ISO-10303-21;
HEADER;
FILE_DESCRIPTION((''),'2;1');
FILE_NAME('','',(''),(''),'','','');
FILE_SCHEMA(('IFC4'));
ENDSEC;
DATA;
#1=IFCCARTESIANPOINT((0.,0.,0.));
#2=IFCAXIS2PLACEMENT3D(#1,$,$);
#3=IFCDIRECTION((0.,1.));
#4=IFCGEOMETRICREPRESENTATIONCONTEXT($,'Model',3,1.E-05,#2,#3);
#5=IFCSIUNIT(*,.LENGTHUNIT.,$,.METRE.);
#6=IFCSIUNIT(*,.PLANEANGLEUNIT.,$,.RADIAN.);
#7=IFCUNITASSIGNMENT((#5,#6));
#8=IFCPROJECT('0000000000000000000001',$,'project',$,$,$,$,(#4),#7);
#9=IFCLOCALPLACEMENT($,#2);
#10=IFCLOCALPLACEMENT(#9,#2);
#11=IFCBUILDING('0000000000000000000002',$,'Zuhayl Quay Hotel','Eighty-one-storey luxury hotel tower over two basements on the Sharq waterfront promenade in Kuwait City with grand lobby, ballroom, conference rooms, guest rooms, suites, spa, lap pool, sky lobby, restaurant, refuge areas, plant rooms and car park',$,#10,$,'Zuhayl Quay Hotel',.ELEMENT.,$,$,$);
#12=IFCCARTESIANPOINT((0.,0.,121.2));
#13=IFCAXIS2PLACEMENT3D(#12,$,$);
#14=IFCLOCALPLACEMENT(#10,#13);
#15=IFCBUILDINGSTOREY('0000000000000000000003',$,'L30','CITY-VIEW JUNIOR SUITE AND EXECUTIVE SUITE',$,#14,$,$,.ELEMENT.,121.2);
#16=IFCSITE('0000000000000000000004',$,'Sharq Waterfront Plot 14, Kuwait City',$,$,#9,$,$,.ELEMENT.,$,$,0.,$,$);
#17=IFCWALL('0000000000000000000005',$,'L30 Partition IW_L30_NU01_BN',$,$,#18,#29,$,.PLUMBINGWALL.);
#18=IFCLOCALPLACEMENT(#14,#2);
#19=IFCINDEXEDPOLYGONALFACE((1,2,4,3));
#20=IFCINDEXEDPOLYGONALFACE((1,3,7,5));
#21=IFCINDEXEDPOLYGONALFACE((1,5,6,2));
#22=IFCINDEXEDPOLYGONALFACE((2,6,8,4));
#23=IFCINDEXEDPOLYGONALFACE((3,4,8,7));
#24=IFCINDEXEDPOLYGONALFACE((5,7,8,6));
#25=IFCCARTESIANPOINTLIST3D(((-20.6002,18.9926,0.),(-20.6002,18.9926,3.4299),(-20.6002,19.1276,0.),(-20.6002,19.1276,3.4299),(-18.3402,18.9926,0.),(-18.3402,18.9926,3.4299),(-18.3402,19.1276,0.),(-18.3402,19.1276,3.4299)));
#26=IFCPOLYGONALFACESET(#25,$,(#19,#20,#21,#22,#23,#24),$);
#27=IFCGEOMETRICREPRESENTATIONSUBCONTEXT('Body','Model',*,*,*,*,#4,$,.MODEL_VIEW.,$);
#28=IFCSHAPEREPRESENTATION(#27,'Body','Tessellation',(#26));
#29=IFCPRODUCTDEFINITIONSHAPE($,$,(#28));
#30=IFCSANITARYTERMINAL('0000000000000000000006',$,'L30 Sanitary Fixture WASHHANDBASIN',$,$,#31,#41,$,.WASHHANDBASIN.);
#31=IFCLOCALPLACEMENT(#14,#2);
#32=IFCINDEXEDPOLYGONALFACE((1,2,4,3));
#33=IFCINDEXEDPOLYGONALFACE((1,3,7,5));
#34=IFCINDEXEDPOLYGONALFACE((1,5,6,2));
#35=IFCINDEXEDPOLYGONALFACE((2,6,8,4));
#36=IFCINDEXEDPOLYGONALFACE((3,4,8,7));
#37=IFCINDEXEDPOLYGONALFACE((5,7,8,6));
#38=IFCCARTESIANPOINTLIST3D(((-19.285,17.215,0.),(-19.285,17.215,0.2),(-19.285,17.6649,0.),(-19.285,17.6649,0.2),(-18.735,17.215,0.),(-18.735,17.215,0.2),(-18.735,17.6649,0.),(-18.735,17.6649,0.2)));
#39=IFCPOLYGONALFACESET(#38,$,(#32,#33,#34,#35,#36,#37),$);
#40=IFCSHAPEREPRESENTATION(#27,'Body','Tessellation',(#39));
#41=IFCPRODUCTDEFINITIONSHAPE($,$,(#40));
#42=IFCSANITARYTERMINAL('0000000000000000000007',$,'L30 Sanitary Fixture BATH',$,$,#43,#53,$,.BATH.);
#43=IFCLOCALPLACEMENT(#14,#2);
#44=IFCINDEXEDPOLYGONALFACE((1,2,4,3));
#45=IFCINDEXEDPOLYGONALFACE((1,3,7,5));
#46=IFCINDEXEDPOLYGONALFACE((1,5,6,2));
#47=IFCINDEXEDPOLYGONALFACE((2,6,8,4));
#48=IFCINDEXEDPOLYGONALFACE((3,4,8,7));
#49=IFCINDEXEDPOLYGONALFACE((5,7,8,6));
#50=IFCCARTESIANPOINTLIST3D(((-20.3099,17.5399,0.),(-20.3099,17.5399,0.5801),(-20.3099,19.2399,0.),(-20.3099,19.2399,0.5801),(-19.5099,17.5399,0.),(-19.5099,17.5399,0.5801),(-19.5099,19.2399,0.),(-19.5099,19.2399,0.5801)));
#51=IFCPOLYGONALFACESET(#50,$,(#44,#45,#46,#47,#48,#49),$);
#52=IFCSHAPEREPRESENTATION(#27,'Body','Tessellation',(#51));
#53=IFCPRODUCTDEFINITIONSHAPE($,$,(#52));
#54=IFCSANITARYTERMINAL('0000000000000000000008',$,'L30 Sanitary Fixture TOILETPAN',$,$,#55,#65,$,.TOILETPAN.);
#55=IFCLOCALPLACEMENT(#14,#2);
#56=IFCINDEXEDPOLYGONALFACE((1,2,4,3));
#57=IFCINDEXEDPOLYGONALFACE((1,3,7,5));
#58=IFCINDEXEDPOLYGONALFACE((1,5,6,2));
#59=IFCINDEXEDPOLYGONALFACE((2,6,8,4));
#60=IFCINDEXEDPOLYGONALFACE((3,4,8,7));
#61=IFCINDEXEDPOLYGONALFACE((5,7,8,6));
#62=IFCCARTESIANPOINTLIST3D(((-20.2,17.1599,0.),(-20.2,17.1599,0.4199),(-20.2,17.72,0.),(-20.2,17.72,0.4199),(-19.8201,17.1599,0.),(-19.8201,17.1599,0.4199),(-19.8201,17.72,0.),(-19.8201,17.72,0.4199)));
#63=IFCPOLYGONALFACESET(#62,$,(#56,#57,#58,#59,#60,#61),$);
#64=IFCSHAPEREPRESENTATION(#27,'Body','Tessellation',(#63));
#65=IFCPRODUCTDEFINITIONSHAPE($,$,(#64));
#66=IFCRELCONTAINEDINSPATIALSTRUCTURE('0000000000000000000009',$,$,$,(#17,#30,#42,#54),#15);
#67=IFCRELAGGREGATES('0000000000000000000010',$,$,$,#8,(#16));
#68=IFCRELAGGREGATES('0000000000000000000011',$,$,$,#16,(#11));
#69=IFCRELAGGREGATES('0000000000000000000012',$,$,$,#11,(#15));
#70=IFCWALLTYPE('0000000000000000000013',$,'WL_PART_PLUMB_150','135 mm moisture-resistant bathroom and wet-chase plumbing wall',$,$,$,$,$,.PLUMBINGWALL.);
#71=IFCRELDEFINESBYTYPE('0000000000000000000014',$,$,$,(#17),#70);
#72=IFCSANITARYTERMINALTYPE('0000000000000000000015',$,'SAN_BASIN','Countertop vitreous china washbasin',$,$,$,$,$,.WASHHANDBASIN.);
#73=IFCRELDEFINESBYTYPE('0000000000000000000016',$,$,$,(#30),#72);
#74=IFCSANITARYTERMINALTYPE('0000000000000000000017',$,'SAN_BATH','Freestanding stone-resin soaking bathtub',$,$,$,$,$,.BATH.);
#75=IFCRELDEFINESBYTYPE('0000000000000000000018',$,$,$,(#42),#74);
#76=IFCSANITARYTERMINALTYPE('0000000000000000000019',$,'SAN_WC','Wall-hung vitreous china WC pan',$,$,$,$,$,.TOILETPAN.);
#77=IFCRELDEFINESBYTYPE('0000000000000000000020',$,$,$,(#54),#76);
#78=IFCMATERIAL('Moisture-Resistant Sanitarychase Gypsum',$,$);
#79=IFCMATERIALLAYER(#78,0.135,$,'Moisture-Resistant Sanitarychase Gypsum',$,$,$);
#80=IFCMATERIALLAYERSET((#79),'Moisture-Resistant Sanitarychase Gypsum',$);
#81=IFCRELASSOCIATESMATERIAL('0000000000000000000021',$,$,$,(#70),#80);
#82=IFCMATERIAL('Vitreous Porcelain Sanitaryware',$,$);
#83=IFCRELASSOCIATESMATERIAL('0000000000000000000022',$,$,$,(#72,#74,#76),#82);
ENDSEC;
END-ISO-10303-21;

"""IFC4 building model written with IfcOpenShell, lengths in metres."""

from ifc_helpers import new_model, si_unit, direction, frame, frame_2d, origin, origin_2d, place, context, subcontext, project, spatial, rectangle, extrude, material, layer, layer_set, type_object, element, save


model = new_model("IFC4")

# Units and contexts
model_context = context("Model", 3, precision=1e-05, world=origin(), true_north=direction((0.0, 1.0)))
body_context = subcontext(model_context, "Body", "Model", "MODEL_VIEW")
ifc_project = project(units=[si_unit("LENGTHUNIT", "METRE"), si_unit("PLANEANGLEUNIT", "RADIAN")], contexts=[model_context])

# Site, building, storey
site_placement = place(None, origin())
site = spatial("IfcSite", under=ifc_project, at=site_placement, Name="Sharq Waterfront Plot 14, Kuwait City", CompositionType="ELEMENT", RefElevation=0.0)
building_placement = place(site_placement, origin())
building = spatial("IfcBuilding", under=site, at=building_placement, Name="Zuhayl Quay Hotel", Description="Eighty-one-storey luxury hotel tower over two basements on the Sharq waterfront promenade in Kuwait City with grand lobby, ballroom, conference rooms, guest rooms, suites, spa, lap pool, sky lobby, restaurant, refuge areas, plant rooms and car park", LongName="Zuhayl Quay Hotel", CompositionType="ELEMENT")
storey_placement = place(building_placement, frame((0.0, 0.0, 121.2)))
storey = spatial("IfcBuildingStorey", under=building, at=storey_placement, Name="L30", Description="CITY-VIEW JUNIOR SUITE AND EXECUTIVE SUITE", CompositionType="ELEMENT", Elevation=121.2)

# Shared definitions
ifc_material_1 = material(Name="Moisture-Resistant Sanitarychase Gypsum")
ifc_layer_1 = layer(ifc_material_1, 0.135, Name="Moisture-Resistant Sanitarychase Gypsum")
ifc_layer_set_1 = layer_set([ifc_layer_1], Name="Moisture-Resistant Sanitarychase Gypsum")
wall_type_1 = type_object("IfcWallType", Name="WL_PART_PLUMB_150", Description="135 mm moisture-resistant bathroom and wet-chase plumbing wall", PredefinedType="PLUMBINGWALL", material=ifc_layer_set_1)

# Wall
wall_1_placement = place(storey_placement, frame((-20.6001, 19.0601, 0.0), z_axis=(0.0, 0.0, 1.0), x_axis=(1.0, 0.0, 0.0)))
element("IfcWall", 1, at=wall_1_placement, inside=storey, type_object=wall_type_1, Name="L30 Partition IW_L30_NU01_BN", PredefinedType="PLUMBINGWALL", context=body_context, shape_type="SweptSolid", body=[
    extrude(rectangle(XDim=2.26, YDim=0.135, at=frame_2d((1.1299, 0.0))), origin(), (0.0, 0.0, 1.0), 3.4299),
])

# Sanitary terminals
ifc_material_2 = material(Name="Vitreous Porcelain Sanitaryware")
sanitary_terminal_type_1 = type_object("IfcSanitaryTerminalType", Name="SAN_BASIN", Description="Countertop vitreous china washbasin", PredefinedType="WASHHANDBASIN", material=ifc_material_2)
sanitary_terminal_1_placement = place(storey_placement, frame((-19.01, 17.4399, 0.0), z_axis=(0.0, 0.0, 1.0), x_axis=(1.0, 0.0, 0.0)))
element("IfcSanitaryTerminal", 2, at=sanitary_terminal_1_placement, inside=storey, type_object=sanitary_terminal_type_1, Name="L30 Sanitary Fixture WASHHANDBASIN", PredefinedType="WASHHANDBASIN", context=body_context, shape_type="SweptSolid", body=[
    extrude(rectangle(XDim=0.55, YDim=0.45, at=origin_2d()), origin(), (0.0, 0.0, 1.0), 0.2),
])
sanitary_terminal_type_2 = type_object("IfcSanitaryTerminalType", Name="SAN_BATH", Description="Freestanding stone-resin soaking bathtub", PredefinedType="BATH", material=ifc_material_2)
sanitary_terminal_2_placement = place(storey_placement, frame((-19.9099, 18.3899, 0.0), z_axis=(0.0, 0.0, 1.0), x_axis=(1.0, 0.0, 0.0)))
element("IfcSanitaryTerminal", 3, at=sanitary_terminal_2_placement, inside=storey, type_object=sanitary_terminal_type_2, Name="L30 Sanitary Fixture BATH", PredefinedType="BATH", context=body_context, shape_type="SweptSolid", body=[
    extrude(rectangle(XDim=0.8, YDim=1.7, at=origin_2d()), origin(), (0.0, 0.0, 1.0), 0.5801),
])
sanitary_terminal_type_3 = type_object("IfcSanitaryTerminalType", Name="SAN_WC", Description="Wall-hung vitreous china WC pan", PredefinedType="TOILETPAN", material=ifc_material_2)
sanitary_terminal_3_placement = place(storey_placement, frame((-20.01, 17.4399, 0.0), z_axis=(0.0, 0.0, 1.0), x_axis=(1.0, 0.0, 0.0)))
element("IfcSanitaryTerminal", 4, at=sanitary_terminal_3_placement, inside=storey, type_object=sanitary_terminal_type_3, Name="L30 Sanitary Fixture TOILETPAN", PredefinedType="TOILETPAN", context=body_context, shape_type="SweptSolid", body=[
    extrude(rectangle(XDim=0.3799, YDim=0.5601, at=origin_2d()), origin(), (0.0, 0.0, 1.0), 0.4199),
])

save(model, "model.ifc")
